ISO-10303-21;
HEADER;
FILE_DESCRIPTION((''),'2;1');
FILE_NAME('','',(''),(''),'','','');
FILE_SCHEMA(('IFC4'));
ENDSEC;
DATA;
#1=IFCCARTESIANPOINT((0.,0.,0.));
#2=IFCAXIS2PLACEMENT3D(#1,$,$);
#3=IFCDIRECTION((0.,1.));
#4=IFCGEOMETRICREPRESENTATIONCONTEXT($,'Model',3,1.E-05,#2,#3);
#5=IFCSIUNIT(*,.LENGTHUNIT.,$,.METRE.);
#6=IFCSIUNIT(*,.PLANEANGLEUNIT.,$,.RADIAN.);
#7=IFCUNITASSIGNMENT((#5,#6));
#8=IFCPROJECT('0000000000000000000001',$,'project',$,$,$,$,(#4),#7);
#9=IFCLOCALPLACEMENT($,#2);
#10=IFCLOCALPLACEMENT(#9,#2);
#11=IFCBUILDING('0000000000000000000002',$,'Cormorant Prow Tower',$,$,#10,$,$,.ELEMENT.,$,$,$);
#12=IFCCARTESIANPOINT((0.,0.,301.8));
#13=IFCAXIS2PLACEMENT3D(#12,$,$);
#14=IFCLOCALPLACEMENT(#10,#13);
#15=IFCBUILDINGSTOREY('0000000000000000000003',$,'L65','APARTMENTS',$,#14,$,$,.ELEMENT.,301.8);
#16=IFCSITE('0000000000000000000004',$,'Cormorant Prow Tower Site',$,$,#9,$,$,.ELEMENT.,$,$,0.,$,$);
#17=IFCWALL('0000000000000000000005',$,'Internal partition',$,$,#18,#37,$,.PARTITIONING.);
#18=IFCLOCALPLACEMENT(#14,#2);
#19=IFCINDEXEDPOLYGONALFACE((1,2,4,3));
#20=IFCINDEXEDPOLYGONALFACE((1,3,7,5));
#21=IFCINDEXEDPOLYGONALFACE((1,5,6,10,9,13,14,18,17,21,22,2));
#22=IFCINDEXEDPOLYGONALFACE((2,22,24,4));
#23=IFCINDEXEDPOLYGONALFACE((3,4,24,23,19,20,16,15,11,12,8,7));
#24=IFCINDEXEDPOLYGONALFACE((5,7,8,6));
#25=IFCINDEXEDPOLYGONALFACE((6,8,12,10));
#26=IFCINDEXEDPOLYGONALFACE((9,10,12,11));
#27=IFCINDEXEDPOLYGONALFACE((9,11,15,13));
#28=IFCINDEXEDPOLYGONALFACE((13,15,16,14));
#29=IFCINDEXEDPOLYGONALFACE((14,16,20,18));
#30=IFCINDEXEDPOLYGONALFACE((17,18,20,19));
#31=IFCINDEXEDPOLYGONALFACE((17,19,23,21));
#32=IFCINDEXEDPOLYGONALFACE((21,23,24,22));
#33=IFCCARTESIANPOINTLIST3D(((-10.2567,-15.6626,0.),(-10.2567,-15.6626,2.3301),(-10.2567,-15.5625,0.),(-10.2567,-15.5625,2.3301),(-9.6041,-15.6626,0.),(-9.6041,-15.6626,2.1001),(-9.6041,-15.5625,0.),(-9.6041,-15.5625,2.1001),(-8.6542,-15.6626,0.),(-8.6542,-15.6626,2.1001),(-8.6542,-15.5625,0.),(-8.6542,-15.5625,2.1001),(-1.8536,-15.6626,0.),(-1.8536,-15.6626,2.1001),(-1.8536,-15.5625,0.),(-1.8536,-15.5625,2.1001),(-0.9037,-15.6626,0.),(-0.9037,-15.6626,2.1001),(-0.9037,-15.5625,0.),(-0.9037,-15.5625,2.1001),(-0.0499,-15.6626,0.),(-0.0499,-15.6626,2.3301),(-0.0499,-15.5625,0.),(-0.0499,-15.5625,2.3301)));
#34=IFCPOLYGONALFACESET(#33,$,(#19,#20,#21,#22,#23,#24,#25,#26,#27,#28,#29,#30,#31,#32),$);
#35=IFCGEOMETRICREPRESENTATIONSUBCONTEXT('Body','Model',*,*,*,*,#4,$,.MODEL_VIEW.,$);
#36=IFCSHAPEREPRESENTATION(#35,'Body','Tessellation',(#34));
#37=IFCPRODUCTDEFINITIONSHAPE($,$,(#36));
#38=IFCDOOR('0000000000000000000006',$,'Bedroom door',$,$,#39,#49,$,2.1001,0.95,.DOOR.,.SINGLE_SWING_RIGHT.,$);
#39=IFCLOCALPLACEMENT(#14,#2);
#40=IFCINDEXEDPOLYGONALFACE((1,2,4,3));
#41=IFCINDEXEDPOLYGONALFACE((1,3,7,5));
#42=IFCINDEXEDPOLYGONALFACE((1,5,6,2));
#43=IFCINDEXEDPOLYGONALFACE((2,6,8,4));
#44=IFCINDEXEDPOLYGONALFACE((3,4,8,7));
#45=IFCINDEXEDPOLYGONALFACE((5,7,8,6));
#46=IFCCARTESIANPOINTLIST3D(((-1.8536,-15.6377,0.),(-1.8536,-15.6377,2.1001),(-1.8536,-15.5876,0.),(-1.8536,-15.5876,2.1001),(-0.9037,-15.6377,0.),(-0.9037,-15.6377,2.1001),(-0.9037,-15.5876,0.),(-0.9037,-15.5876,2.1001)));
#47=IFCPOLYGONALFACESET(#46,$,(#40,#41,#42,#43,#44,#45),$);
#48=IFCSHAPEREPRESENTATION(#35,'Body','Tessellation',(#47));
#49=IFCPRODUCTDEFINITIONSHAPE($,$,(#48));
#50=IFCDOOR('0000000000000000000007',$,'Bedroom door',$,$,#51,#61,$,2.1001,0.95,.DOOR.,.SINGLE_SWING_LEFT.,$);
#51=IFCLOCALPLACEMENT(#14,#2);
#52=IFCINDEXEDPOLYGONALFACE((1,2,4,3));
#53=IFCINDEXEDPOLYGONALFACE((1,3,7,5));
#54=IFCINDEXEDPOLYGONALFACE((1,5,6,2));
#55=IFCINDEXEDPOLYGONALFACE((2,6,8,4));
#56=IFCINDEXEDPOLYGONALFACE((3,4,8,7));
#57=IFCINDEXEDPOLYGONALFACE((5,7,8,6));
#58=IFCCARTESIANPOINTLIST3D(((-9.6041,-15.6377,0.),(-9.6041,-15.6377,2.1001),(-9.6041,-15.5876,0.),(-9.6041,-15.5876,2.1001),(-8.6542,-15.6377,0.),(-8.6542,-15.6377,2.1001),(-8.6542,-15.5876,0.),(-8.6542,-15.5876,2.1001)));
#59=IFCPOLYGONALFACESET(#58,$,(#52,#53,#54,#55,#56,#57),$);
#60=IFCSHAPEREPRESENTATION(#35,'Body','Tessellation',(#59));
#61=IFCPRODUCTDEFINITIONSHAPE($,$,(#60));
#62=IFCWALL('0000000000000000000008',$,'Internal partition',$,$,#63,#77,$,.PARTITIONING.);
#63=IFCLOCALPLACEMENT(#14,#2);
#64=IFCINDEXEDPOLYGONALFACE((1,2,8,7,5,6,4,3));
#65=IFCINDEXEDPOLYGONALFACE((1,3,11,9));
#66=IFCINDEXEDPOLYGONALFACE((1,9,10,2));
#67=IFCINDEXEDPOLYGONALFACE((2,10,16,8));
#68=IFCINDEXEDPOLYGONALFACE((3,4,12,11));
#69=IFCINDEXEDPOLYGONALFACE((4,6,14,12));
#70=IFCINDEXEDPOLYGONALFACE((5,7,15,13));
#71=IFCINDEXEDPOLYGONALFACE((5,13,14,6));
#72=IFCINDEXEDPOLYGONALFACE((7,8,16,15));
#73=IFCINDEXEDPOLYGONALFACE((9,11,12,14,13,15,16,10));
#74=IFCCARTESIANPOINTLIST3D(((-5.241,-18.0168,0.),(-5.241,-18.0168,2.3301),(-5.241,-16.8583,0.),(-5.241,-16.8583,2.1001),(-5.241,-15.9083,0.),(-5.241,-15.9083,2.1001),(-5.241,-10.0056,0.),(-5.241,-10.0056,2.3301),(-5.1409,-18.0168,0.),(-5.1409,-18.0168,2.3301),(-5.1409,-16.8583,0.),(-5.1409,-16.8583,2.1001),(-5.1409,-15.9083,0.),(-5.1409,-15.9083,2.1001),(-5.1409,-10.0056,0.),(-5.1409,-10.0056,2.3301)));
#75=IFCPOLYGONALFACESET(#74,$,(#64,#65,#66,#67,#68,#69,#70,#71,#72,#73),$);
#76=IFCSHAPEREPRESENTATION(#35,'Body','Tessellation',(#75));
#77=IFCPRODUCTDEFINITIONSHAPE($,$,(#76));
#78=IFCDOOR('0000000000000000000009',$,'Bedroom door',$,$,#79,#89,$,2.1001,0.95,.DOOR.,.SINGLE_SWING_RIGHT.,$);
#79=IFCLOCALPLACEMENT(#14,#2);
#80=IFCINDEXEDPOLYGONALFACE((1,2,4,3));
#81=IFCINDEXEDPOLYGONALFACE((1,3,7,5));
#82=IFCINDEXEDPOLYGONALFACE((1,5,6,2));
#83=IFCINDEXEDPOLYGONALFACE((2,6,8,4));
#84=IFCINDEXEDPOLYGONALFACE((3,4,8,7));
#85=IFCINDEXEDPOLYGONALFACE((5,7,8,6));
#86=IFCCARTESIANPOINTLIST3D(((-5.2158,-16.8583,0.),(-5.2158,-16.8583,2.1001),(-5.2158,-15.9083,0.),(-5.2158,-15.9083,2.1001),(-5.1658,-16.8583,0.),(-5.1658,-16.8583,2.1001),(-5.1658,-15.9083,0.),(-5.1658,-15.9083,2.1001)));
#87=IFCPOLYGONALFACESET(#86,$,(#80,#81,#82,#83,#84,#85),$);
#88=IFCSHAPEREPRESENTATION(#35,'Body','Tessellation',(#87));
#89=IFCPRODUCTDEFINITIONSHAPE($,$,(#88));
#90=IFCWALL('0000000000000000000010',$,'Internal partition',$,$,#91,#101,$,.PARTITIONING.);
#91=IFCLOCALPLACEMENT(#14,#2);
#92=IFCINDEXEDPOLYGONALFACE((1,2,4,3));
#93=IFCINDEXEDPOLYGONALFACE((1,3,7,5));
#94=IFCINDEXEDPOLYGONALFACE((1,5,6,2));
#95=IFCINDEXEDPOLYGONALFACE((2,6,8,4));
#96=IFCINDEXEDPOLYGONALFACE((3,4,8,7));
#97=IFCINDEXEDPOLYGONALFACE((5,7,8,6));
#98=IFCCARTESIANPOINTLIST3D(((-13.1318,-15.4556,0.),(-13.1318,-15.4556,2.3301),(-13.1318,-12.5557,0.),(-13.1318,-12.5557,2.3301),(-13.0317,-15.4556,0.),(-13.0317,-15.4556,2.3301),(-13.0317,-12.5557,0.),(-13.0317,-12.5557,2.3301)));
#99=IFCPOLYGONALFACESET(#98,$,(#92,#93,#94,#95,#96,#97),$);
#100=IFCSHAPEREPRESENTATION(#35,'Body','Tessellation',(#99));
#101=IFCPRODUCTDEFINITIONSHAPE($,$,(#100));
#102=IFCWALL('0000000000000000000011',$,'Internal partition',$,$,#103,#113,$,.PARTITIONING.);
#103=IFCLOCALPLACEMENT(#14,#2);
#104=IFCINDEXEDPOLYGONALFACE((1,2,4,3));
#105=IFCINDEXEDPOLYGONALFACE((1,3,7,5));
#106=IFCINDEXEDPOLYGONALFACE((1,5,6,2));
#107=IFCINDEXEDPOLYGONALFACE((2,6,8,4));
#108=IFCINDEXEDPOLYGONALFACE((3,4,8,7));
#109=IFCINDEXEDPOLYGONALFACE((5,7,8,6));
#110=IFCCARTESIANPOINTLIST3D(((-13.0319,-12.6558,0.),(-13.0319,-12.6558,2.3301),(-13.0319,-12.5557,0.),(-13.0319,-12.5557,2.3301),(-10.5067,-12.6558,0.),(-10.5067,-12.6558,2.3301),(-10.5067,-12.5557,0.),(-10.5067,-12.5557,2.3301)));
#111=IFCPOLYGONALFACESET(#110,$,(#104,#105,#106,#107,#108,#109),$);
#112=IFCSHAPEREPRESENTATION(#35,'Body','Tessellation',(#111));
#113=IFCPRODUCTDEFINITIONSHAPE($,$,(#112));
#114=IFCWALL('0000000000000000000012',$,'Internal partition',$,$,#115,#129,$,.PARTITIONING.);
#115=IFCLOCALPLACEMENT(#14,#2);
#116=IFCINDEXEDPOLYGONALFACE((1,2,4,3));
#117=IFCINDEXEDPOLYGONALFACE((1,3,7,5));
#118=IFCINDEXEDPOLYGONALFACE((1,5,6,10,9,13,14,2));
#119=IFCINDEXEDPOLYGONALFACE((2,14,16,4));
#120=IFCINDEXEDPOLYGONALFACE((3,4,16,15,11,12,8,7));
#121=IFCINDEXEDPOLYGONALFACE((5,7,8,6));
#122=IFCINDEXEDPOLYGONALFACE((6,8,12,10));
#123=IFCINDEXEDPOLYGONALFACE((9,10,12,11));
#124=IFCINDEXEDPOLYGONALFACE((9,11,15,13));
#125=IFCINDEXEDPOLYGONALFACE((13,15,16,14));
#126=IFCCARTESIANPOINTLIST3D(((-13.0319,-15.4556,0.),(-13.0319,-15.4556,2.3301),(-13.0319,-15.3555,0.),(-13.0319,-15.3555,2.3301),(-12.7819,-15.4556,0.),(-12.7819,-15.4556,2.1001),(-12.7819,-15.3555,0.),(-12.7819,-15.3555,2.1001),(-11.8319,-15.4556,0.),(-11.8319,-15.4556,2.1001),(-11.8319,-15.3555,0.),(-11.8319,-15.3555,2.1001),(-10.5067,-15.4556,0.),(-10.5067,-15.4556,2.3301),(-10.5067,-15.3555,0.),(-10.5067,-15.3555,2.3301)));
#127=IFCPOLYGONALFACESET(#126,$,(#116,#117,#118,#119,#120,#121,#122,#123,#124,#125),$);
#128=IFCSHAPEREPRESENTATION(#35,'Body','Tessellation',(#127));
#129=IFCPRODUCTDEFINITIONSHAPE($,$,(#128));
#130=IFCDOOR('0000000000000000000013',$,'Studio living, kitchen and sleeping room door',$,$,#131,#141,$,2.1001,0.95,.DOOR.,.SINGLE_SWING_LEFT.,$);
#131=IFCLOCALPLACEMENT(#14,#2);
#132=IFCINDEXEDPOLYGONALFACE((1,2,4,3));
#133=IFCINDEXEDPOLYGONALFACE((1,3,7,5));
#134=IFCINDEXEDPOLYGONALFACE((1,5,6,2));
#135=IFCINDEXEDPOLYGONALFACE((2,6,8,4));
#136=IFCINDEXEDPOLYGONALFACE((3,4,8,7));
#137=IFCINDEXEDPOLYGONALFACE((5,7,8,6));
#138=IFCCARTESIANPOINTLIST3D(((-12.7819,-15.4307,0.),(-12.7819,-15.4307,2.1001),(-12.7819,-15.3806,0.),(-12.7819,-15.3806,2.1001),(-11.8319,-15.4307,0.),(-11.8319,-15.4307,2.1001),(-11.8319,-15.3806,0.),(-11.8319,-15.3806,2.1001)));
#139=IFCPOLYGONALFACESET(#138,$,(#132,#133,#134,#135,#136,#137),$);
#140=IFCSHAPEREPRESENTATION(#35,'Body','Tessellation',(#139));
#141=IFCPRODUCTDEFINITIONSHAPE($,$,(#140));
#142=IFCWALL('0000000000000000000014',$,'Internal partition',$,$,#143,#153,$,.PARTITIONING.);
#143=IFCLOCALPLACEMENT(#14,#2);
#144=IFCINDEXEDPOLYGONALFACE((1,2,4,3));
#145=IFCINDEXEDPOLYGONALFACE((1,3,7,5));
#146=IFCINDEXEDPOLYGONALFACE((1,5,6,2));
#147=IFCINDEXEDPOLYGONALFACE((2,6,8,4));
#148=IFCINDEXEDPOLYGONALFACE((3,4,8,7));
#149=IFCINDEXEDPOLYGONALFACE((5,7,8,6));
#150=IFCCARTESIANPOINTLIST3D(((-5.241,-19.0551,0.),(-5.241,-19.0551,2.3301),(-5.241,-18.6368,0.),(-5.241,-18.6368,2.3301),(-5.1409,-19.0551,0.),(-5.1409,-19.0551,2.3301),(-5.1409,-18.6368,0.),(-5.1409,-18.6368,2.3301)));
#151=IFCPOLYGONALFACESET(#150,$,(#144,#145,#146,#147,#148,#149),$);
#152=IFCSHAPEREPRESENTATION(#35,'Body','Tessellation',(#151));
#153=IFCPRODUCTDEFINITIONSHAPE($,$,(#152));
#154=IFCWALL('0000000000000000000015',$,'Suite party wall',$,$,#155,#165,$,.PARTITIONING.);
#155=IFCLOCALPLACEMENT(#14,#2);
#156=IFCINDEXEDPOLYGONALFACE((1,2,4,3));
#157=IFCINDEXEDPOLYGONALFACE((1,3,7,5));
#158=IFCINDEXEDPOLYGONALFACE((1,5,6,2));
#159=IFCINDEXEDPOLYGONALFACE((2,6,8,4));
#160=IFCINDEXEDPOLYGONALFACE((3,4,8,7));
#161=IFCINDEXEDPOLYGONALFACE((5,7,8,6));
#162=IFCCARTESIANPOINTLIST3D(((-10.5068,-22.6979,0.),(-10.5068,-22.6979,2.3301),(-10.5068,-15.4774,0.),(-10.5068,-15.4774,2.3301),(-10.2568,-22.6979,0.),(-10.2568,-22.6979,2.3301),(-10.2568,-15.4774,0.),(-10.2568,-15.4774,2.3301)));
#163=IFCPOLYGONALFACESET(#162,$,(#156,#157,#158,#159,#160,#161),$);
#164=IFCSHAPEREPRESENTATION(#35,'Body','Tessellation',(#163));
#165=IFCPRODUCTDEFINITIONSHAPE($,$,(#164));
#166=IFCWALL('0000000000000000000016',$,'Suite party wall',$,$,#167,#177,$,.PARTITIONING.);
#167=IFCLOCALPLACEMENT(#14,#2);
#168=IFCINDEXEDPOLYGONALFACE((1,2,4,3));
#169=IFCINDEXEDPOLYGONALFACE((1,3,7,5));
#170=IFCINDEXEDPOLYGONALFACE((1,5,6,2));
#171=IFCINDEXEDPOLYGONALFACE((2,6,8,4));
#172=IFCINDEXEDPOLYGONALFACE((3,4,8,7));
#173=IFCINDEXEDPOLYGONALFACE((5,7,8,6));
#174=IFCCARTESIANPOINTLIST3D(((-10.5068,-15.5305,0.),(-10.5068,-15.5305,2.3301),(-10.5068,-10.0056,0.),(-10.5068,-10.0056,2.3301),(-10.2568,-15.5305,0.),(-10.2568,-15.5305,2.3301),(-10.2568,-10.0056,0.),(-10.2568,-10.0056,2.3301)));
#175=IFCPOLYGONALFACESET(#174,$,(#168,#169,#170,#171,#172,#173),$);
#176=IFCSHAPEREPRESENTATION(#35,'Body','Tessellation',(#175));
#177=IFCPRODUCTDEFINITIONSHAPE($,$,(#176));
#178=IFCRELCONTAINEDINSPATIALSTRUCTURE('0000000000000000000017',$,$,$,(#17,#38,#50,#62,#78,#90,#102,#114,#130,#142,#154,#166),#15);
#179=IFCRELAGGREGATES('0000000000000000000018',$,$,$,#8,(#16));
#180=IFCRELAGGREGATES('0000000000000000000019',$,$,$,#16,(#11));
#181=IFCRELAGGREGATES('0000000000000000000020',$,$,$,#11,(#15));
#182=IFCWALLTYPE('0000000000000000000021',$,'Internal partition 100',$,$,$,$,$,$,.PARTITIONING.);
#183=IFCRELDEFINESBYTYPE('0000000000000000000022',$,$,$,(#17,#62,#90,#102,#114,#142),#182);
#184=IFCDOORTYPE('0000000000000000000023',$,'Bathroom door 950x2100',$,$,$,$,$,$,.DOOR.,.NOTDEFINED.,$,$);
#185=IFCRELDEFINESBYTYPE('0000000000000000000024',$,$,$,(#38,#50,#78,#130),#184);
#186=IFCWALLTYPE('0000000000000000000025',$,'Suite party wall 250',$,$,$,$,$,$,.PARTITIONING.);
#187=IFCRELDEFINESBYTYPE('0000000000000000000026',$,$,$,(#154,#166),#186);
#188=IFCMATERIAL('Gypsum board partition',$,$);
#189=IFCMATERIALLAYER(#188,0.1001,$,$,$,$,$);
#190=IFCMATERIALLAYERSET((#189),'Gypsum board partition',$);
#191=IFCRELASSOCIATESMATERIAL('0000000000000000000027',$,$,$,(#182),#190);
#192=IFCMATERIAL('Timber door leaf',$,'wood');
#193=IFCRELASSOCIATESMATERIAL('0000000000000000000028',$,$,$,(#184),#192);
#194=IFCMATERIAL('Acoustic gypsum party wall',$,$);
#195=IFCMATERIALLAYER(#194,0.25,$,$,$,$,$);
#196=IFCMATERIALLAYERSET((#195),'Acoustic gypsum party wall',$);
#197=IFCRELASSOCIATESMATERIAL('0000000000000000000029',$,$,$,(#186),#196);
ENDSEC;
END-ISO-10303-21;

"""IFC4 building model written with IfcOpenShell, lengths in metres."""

from ifc_helpers import new_model, si_unit, direction, frame, frame_2d, origin, place, context, subcontext, project, spatial, rectangle, extrude, material, layer, layer_set, type_object, element, fill, save


model = new_model("IFC4")

# Units and contexts
model_context = context("Model", 3, precision=1e-05, world=origin(), true_north=direction((0.0, 1.0)))
body_context = subcontext(model_context, "Body", "Model", "MODEL_VIEW")
ifc_project = project(units=[si_unit("LENGTHUNIT", "METRE"), si_unit("PLANEANGLEUNIT", "RADIAN")], contexts=[model_context])

# Site, building, storey
site_placement = place(None, origin())
site = spatial("IfcSite", under=ifc_project, at=site_placement, Name="Cormorant Prow Tower Site", CompositionType="ELEMENT", RefElevation=0.0)
building_placement = place(site_placement, origin())
building = spatial("IfcBuilding", under=site, at=building_placement, Name="Cormorant Prow Tower", CompositionType="ELEMENT")
storey_placement = place(building_placement, frame((0.0, 0.0, 301.8)))
storey = spatial("IfcBuildingStorey", under=building, at=storey_placement, Name="L65", Description="APARTMENTS", CompositionType="ELEMENT", Elevation=301.8)

# Wall, openings, doors
ifc_material_1 = material(Name="Gypsum board partition")
ifc_layer_1 = layer(ifc_material_1, 0.1001)
ifc_layer_set_1 = layer_set([ifc_layer_1], Name="Gypsum board partition")
wall_type_1 = type_object("IfcWallType", Name="Internal partition 100", PredefinedType="PARTITIONING", material=ifc_layer_set_1)
wall_1_placement = place(storey_placement, frame((-10.2568, -15.6125, 0.0), z_axis=(0.0, 0.0, 1.0), x_axis=(1.0, 0.0, 0.0)))
wall_1 = element("IfcWall", 1, at=wall_1_placement, inside=storey, type_object=wall_type_1, Name="Internal partition", PredefinedType="PARTITIONING", context=body_context, shape_type="SweptSolid", body=[
    extrude(rectangle(XDim=10.2068, YDim=0.1001, at=frame_2d((5.1035, 0.0))), origin(), (0.0, 0.0, 1.0), 2.3301),
])
opening_1_placement = place(wall_1_placement, frame((8.4031, 0.0, 0.0)))
opening_1 = element("IfcOpeningElement", 2, at=opening_1_placement, cuts=wall_1, PredefinedType="OPENING", context=body_context, shape_type="SweptSolid", body=[
    extrude(rectangle(XDim=0.95, YDim=2.1001, at=frame_2d((0.4751, 1.05))), frame((0.0, 0.0601, 0.0), z_axis=(0.0, -1.0, 0.0), x_axis=(1.0, 0.0, 0.0)), (0.0, 0.0, 1.0), 0.1201),
])
opening_2_placement = place(wall_1_placement, frame((0.6526, 0.0, 0.0)))
opening_2 = element("IfcOpeningElement", 3, at=opening_2_placement, cuts=wall_1, PredefinedType="OPENING", context=body_context, shape_type="SweptSolid", body=[
    extrude(rectangle(XDim=0.95, YDim=2.1001, at=frame_2d((0.4751, 1.05))), frame((0.0, 0.0601, 0.0), z_axis=(0.0, -1.0, 0.0), x_axis=(1.0, 0.0, 0.0)), (0.0, 0.0, 1.0), 0.1201),
])
ifc_material_2 = material(Name="Timber door leaf", Category="wood")
door_type_1 = type_object("IfcDoorType", Name="Bathroom door 950x2100", OperationType="NOTDEFINED", PredefinedType="DOOR", material=ifc_material_2)
door_1_placement = place(opening_1_placement, origin())
door_1 = element("IfcDoor", 4, at=door_1_placement, inside=storey, type_object=door_type_1, Name="Bedroom door", OperationType="SINGLE_SWING_RIGHT", OverallHeight=2.1001, OverallWidth=0.95, PredefinedType="DOOR", context=body_context, shape_type="SweptSolid", body=[
    extrude(rectangle(XDim=0.95, YDim=2.1001, at=frame_2d((0.4751, 1.05))), frame((0.0, 0.0249, 0.0), z_axis=(0.0, -1.0, 0.0), x_axis=(1.0, 0.0, 0.0)), (0.0, 0.0, 1.0), 0.05),
])
fill(opening_1, door_1)
door_2_placement = place(opening_2_placement, origin())
door_2 = element("IfcDoor", 5, at=door_2_placement, inside=storey, type_object=door_type_1, Name="Bedroom door", OperationType="SINGLE_SWING_LEFT", OverallHeight=2.1001, OverallWidth=0.95, PredefinedType="DOOR", context=body_context, shape_type="SweptSolid", body=[
    extrude(rectangle(XDim=0.95, YDim=2.1001, at=frame_2d((0.4751, 1.05))), frame((0.0, 0.0249, 0.0), z_axis=(0.0, -1.0, 0.0), x_axis=(1.0, 0.0, 0.0)), (0.0, 0.0, 1.0), 0.05),
])
fill(opening_2, door_2)

# Wall, opening, door
wall_2_placement = place(storey_placement, frame((-5.1909, -18.0168, 0.0), z_axis=(0.0, 0.0, 1.0), x_axis=(0.0, 1.0, 0.0)))
wall_2 = element("IfcWall", 6, at=wall_2_placement, inside=storey, type_object=wall_type_1, Name="Internal partition", PredefinedType="PARTITIONING", context=body_context, shape_type="SweptSolid", body=[
    extrude(rectangle(XDim=8.0112, YDim=0.1001, at=frame_2d((4.0056, 0.0))), origin(), (0.0, 0.0, 1.0), 2.3301),
])
opening_3_placement = place(wall_2_placement, frame((1.1584, 0.0, 0.0)))
opening_3 = element("IfcOpeningElement", 7, at=opening_3_placement, cuts=wall_2, PredefinedType="OPENING", context=body_context, shape_type="SweptSolid", body=[
    extrude(rectangle(XDim=0.95, YDim=2.1001, at=frame_2d((0.4751, 1.05))), frame((0.0, 0.0601, 0.0), z_axis=(0.0, -1.0, 0.0), x_axis=(1.0, 0.0, 0.0)), (0.0, 0.0, 1.0), 0.1201),
])
door_3_placement = place(opening_3_placement, origin())
door_3 = element("IfcDoor", 8, at=door_3_placement, inside=storey, type_object=door_type_1, Name="Bedroom door", OperationType="SINGLE_SWING_RIGHT", OverallHeight=2.1001, OverallWidth=0.95, PredefinedType="DOOR", context=body_context, shape_type="SweptSolid", body=[
    extrude(rectangle(XDim=0.95, YDim=2.1001, at=frame_2d((0.4751, 1.05))), frame((0.0, 0.0249, 0.0), z_axis=(0.0, -1.0, 0.0), x_axis=(1.0, 0.0, 0.0)), (0.0, 0.0, 1.0), 0.05),
])
fill(opening_3, door_3)

# Walls
wall_3_placement = place(storey_placement, frame((-13.0818, -15.4556, 0.0), z_axis=(0.0, 0.0, 1.0), x_axis=(0.0, 1.0, 0.0)))
element("IfcWall", 9, at=wall_3_placement, inside=storey, type_object=wall_type_1, Name="Internal partition", PredefinedType="PARTITIONING", context=body_context, shape_type="SweptSolid", body=[
    extrude(rectangle(XDim=2.8999, YDim=0.1001, at=frame_2d((1.45, 0.0))), origin(), (0.0, 0.0, 1.0), 2.3301),
])
wall_4_placement = place(storey_placement, frame((-13.032, -12.6057, 0.0), z_axis=(0.0, 0.0, 1.0), x_axis=(1.0, 0.0, 0.0)))
element("IfcWall", 10, at=wall_4_placement, inside=storey, type_object=wall_type_1, Name="Internal partition", PredefinedType="PARTITIONING", context=body_context, shape_type="SweptSolid", body=[
    extrude(rectangle(XDim=2.5251, YDim=0.1001, at=frame_2d((1.2627, 0.0))), origin(), (0.0, 0.0, 1.0), 2.3301),
])

# Wall, opening, door
wall_5_placement = place(storey_placement, frame((-13.032, -15.4055, 0.0), z_axis=(0.0, 0.0, 1.0), x_axis=(1.0, 0.0, 0.0)))
wall_5 = element("IfcWall", 11, at=wall_5_placement, inside=storey, type_object=wall_type_1, Name="Internal partition", PredefinedType="PARTITIONING", context=body_context, shape_type="SweptSolid", body=[
    extrude(rectangle(XDim=2.5251, YDim=0.1001, at=frame_2d((1.2627, 0.0))), origin(), (0.0, 0.0, 1.0), 2.3301),
])
opening_4_placement = place(wall_5_placement, frame((0.25, 0.0, 0.0)))
opening_4 = element("IfcOpeningElement", 12, at=opening_4_placement, cuts=wall_5, PredefinedType="OPENING", context=body_context, shape_type="SweptSolid", body=[
    extrude(rectangle(XDim=0.95, YDim=2.1001, at=frame_2d((0.4751, 1.05))), frame((0.0, 0.0601, 0.0), z_axis=(0.0, -1.0, 0.0), x_axis=(1.0, 0.0, 0.0)), (0.0, 0.0, 1.0), 0.1201),
])
door_4_placement = place(opening_4_placement, origin())
door_4 = element("IfcDoor", 13, at=door_4_placement, inside=storey, type_object=door_type_1, Name="Studio living, kitchen and sleeping room door", OperationType="SINGLE_SWING_LEFT", OverallHeight=2.1001, OverallWidth=0.95, PredefinedType="DOOR", context=body_context, shape_type="SweptSolid", body=[
    extrude(rectangle(XDim=0.95, YDim=2.1001, at=frame_2d((0.4751, 1.05))), frame((0.0, 0.0249, 0.0), z_axis=(0.0, -1.0, 0.0), x_axis=(1.0, 0.0, 0.0)), (0.0, 0.0, 1.0), 0.05),
])
fill(opening_4, door_4)

# Walls
wall_6_placement = place(storey_placement, frame((-5.1909, -19.0549, 0.0), z_axis=(0.0, 0.0, 1.0), x_axis=(0.0, 1.0, 0.0)))
element("IfcWall", 14, at=wall_6_placement, inside=storey, type_object=wall_type_1, Name="Internal partition", PredefinedType="PARTITIONING", context=body_context, shape_type="SweptSolid", body=[
    extrude(rectangle(XDim=0.4182, YDim=0.1001, at=frame_2d((0.209, 0.0))), origin(), (0.0, 0.0, 1.0), 2.3301),
])
ifc_material_3 = material(Name="Acoustic gypsum party wall")
ifc_layer_2 = layer(ifc_material_3, 0.25)
ifc_layer_set_2 = layer_set([ifc_layer_2], Name="Acoustic gypsum party wall")
wall_type_2 = type_object("IfcWallType", Name="Suite party wall 250", PredefinedType="PARTITIONING", material=ifc_layer_set_2)
wall_7_placement = place(storey_placement, frame((-10.3818, -22.698, 0.0), z_axis=(0.0, 0.0, 1.0), x_axis=(0.0, 1.0, 0.0)))
element("IfcWall", 15, at=wall_7_placement, inside=storey, type_object=wall_type_2, Name="Suite party wall", PredefinedType="PARTITIONING", context=body_context, shape_type="SweptSolid", body=[
    extrude(rectangle(XDim=7.2205, YDim=0.25, at=frame_2d((3.6104, 0.0))), origin(), (0.0, 0.0, 1.0), 2.3301),
])
wall_8_placement = place(storey_placement, frame((-10.3818, -15.5305, 0.0), z_axis=(0.0, 0.0, 1.0), x_axis=(0.0, 1.0, 0.0)))
element("IfcWall", 16, at=wall_8_placement, inside=storey, type_object=wall_type_2, Name="Suite party wall", PredefinedType="PARTITIONING", context=body_context, shape_type="SweptSolid", body=[
    extrude(rectangle(XDim=5.5249, YDim=0.25, at=frame_2d((2.7625, 0.0))), origin(), (0.0, 0.0, 1.0), 2.3301),
])

save(model, "model.ifc")
